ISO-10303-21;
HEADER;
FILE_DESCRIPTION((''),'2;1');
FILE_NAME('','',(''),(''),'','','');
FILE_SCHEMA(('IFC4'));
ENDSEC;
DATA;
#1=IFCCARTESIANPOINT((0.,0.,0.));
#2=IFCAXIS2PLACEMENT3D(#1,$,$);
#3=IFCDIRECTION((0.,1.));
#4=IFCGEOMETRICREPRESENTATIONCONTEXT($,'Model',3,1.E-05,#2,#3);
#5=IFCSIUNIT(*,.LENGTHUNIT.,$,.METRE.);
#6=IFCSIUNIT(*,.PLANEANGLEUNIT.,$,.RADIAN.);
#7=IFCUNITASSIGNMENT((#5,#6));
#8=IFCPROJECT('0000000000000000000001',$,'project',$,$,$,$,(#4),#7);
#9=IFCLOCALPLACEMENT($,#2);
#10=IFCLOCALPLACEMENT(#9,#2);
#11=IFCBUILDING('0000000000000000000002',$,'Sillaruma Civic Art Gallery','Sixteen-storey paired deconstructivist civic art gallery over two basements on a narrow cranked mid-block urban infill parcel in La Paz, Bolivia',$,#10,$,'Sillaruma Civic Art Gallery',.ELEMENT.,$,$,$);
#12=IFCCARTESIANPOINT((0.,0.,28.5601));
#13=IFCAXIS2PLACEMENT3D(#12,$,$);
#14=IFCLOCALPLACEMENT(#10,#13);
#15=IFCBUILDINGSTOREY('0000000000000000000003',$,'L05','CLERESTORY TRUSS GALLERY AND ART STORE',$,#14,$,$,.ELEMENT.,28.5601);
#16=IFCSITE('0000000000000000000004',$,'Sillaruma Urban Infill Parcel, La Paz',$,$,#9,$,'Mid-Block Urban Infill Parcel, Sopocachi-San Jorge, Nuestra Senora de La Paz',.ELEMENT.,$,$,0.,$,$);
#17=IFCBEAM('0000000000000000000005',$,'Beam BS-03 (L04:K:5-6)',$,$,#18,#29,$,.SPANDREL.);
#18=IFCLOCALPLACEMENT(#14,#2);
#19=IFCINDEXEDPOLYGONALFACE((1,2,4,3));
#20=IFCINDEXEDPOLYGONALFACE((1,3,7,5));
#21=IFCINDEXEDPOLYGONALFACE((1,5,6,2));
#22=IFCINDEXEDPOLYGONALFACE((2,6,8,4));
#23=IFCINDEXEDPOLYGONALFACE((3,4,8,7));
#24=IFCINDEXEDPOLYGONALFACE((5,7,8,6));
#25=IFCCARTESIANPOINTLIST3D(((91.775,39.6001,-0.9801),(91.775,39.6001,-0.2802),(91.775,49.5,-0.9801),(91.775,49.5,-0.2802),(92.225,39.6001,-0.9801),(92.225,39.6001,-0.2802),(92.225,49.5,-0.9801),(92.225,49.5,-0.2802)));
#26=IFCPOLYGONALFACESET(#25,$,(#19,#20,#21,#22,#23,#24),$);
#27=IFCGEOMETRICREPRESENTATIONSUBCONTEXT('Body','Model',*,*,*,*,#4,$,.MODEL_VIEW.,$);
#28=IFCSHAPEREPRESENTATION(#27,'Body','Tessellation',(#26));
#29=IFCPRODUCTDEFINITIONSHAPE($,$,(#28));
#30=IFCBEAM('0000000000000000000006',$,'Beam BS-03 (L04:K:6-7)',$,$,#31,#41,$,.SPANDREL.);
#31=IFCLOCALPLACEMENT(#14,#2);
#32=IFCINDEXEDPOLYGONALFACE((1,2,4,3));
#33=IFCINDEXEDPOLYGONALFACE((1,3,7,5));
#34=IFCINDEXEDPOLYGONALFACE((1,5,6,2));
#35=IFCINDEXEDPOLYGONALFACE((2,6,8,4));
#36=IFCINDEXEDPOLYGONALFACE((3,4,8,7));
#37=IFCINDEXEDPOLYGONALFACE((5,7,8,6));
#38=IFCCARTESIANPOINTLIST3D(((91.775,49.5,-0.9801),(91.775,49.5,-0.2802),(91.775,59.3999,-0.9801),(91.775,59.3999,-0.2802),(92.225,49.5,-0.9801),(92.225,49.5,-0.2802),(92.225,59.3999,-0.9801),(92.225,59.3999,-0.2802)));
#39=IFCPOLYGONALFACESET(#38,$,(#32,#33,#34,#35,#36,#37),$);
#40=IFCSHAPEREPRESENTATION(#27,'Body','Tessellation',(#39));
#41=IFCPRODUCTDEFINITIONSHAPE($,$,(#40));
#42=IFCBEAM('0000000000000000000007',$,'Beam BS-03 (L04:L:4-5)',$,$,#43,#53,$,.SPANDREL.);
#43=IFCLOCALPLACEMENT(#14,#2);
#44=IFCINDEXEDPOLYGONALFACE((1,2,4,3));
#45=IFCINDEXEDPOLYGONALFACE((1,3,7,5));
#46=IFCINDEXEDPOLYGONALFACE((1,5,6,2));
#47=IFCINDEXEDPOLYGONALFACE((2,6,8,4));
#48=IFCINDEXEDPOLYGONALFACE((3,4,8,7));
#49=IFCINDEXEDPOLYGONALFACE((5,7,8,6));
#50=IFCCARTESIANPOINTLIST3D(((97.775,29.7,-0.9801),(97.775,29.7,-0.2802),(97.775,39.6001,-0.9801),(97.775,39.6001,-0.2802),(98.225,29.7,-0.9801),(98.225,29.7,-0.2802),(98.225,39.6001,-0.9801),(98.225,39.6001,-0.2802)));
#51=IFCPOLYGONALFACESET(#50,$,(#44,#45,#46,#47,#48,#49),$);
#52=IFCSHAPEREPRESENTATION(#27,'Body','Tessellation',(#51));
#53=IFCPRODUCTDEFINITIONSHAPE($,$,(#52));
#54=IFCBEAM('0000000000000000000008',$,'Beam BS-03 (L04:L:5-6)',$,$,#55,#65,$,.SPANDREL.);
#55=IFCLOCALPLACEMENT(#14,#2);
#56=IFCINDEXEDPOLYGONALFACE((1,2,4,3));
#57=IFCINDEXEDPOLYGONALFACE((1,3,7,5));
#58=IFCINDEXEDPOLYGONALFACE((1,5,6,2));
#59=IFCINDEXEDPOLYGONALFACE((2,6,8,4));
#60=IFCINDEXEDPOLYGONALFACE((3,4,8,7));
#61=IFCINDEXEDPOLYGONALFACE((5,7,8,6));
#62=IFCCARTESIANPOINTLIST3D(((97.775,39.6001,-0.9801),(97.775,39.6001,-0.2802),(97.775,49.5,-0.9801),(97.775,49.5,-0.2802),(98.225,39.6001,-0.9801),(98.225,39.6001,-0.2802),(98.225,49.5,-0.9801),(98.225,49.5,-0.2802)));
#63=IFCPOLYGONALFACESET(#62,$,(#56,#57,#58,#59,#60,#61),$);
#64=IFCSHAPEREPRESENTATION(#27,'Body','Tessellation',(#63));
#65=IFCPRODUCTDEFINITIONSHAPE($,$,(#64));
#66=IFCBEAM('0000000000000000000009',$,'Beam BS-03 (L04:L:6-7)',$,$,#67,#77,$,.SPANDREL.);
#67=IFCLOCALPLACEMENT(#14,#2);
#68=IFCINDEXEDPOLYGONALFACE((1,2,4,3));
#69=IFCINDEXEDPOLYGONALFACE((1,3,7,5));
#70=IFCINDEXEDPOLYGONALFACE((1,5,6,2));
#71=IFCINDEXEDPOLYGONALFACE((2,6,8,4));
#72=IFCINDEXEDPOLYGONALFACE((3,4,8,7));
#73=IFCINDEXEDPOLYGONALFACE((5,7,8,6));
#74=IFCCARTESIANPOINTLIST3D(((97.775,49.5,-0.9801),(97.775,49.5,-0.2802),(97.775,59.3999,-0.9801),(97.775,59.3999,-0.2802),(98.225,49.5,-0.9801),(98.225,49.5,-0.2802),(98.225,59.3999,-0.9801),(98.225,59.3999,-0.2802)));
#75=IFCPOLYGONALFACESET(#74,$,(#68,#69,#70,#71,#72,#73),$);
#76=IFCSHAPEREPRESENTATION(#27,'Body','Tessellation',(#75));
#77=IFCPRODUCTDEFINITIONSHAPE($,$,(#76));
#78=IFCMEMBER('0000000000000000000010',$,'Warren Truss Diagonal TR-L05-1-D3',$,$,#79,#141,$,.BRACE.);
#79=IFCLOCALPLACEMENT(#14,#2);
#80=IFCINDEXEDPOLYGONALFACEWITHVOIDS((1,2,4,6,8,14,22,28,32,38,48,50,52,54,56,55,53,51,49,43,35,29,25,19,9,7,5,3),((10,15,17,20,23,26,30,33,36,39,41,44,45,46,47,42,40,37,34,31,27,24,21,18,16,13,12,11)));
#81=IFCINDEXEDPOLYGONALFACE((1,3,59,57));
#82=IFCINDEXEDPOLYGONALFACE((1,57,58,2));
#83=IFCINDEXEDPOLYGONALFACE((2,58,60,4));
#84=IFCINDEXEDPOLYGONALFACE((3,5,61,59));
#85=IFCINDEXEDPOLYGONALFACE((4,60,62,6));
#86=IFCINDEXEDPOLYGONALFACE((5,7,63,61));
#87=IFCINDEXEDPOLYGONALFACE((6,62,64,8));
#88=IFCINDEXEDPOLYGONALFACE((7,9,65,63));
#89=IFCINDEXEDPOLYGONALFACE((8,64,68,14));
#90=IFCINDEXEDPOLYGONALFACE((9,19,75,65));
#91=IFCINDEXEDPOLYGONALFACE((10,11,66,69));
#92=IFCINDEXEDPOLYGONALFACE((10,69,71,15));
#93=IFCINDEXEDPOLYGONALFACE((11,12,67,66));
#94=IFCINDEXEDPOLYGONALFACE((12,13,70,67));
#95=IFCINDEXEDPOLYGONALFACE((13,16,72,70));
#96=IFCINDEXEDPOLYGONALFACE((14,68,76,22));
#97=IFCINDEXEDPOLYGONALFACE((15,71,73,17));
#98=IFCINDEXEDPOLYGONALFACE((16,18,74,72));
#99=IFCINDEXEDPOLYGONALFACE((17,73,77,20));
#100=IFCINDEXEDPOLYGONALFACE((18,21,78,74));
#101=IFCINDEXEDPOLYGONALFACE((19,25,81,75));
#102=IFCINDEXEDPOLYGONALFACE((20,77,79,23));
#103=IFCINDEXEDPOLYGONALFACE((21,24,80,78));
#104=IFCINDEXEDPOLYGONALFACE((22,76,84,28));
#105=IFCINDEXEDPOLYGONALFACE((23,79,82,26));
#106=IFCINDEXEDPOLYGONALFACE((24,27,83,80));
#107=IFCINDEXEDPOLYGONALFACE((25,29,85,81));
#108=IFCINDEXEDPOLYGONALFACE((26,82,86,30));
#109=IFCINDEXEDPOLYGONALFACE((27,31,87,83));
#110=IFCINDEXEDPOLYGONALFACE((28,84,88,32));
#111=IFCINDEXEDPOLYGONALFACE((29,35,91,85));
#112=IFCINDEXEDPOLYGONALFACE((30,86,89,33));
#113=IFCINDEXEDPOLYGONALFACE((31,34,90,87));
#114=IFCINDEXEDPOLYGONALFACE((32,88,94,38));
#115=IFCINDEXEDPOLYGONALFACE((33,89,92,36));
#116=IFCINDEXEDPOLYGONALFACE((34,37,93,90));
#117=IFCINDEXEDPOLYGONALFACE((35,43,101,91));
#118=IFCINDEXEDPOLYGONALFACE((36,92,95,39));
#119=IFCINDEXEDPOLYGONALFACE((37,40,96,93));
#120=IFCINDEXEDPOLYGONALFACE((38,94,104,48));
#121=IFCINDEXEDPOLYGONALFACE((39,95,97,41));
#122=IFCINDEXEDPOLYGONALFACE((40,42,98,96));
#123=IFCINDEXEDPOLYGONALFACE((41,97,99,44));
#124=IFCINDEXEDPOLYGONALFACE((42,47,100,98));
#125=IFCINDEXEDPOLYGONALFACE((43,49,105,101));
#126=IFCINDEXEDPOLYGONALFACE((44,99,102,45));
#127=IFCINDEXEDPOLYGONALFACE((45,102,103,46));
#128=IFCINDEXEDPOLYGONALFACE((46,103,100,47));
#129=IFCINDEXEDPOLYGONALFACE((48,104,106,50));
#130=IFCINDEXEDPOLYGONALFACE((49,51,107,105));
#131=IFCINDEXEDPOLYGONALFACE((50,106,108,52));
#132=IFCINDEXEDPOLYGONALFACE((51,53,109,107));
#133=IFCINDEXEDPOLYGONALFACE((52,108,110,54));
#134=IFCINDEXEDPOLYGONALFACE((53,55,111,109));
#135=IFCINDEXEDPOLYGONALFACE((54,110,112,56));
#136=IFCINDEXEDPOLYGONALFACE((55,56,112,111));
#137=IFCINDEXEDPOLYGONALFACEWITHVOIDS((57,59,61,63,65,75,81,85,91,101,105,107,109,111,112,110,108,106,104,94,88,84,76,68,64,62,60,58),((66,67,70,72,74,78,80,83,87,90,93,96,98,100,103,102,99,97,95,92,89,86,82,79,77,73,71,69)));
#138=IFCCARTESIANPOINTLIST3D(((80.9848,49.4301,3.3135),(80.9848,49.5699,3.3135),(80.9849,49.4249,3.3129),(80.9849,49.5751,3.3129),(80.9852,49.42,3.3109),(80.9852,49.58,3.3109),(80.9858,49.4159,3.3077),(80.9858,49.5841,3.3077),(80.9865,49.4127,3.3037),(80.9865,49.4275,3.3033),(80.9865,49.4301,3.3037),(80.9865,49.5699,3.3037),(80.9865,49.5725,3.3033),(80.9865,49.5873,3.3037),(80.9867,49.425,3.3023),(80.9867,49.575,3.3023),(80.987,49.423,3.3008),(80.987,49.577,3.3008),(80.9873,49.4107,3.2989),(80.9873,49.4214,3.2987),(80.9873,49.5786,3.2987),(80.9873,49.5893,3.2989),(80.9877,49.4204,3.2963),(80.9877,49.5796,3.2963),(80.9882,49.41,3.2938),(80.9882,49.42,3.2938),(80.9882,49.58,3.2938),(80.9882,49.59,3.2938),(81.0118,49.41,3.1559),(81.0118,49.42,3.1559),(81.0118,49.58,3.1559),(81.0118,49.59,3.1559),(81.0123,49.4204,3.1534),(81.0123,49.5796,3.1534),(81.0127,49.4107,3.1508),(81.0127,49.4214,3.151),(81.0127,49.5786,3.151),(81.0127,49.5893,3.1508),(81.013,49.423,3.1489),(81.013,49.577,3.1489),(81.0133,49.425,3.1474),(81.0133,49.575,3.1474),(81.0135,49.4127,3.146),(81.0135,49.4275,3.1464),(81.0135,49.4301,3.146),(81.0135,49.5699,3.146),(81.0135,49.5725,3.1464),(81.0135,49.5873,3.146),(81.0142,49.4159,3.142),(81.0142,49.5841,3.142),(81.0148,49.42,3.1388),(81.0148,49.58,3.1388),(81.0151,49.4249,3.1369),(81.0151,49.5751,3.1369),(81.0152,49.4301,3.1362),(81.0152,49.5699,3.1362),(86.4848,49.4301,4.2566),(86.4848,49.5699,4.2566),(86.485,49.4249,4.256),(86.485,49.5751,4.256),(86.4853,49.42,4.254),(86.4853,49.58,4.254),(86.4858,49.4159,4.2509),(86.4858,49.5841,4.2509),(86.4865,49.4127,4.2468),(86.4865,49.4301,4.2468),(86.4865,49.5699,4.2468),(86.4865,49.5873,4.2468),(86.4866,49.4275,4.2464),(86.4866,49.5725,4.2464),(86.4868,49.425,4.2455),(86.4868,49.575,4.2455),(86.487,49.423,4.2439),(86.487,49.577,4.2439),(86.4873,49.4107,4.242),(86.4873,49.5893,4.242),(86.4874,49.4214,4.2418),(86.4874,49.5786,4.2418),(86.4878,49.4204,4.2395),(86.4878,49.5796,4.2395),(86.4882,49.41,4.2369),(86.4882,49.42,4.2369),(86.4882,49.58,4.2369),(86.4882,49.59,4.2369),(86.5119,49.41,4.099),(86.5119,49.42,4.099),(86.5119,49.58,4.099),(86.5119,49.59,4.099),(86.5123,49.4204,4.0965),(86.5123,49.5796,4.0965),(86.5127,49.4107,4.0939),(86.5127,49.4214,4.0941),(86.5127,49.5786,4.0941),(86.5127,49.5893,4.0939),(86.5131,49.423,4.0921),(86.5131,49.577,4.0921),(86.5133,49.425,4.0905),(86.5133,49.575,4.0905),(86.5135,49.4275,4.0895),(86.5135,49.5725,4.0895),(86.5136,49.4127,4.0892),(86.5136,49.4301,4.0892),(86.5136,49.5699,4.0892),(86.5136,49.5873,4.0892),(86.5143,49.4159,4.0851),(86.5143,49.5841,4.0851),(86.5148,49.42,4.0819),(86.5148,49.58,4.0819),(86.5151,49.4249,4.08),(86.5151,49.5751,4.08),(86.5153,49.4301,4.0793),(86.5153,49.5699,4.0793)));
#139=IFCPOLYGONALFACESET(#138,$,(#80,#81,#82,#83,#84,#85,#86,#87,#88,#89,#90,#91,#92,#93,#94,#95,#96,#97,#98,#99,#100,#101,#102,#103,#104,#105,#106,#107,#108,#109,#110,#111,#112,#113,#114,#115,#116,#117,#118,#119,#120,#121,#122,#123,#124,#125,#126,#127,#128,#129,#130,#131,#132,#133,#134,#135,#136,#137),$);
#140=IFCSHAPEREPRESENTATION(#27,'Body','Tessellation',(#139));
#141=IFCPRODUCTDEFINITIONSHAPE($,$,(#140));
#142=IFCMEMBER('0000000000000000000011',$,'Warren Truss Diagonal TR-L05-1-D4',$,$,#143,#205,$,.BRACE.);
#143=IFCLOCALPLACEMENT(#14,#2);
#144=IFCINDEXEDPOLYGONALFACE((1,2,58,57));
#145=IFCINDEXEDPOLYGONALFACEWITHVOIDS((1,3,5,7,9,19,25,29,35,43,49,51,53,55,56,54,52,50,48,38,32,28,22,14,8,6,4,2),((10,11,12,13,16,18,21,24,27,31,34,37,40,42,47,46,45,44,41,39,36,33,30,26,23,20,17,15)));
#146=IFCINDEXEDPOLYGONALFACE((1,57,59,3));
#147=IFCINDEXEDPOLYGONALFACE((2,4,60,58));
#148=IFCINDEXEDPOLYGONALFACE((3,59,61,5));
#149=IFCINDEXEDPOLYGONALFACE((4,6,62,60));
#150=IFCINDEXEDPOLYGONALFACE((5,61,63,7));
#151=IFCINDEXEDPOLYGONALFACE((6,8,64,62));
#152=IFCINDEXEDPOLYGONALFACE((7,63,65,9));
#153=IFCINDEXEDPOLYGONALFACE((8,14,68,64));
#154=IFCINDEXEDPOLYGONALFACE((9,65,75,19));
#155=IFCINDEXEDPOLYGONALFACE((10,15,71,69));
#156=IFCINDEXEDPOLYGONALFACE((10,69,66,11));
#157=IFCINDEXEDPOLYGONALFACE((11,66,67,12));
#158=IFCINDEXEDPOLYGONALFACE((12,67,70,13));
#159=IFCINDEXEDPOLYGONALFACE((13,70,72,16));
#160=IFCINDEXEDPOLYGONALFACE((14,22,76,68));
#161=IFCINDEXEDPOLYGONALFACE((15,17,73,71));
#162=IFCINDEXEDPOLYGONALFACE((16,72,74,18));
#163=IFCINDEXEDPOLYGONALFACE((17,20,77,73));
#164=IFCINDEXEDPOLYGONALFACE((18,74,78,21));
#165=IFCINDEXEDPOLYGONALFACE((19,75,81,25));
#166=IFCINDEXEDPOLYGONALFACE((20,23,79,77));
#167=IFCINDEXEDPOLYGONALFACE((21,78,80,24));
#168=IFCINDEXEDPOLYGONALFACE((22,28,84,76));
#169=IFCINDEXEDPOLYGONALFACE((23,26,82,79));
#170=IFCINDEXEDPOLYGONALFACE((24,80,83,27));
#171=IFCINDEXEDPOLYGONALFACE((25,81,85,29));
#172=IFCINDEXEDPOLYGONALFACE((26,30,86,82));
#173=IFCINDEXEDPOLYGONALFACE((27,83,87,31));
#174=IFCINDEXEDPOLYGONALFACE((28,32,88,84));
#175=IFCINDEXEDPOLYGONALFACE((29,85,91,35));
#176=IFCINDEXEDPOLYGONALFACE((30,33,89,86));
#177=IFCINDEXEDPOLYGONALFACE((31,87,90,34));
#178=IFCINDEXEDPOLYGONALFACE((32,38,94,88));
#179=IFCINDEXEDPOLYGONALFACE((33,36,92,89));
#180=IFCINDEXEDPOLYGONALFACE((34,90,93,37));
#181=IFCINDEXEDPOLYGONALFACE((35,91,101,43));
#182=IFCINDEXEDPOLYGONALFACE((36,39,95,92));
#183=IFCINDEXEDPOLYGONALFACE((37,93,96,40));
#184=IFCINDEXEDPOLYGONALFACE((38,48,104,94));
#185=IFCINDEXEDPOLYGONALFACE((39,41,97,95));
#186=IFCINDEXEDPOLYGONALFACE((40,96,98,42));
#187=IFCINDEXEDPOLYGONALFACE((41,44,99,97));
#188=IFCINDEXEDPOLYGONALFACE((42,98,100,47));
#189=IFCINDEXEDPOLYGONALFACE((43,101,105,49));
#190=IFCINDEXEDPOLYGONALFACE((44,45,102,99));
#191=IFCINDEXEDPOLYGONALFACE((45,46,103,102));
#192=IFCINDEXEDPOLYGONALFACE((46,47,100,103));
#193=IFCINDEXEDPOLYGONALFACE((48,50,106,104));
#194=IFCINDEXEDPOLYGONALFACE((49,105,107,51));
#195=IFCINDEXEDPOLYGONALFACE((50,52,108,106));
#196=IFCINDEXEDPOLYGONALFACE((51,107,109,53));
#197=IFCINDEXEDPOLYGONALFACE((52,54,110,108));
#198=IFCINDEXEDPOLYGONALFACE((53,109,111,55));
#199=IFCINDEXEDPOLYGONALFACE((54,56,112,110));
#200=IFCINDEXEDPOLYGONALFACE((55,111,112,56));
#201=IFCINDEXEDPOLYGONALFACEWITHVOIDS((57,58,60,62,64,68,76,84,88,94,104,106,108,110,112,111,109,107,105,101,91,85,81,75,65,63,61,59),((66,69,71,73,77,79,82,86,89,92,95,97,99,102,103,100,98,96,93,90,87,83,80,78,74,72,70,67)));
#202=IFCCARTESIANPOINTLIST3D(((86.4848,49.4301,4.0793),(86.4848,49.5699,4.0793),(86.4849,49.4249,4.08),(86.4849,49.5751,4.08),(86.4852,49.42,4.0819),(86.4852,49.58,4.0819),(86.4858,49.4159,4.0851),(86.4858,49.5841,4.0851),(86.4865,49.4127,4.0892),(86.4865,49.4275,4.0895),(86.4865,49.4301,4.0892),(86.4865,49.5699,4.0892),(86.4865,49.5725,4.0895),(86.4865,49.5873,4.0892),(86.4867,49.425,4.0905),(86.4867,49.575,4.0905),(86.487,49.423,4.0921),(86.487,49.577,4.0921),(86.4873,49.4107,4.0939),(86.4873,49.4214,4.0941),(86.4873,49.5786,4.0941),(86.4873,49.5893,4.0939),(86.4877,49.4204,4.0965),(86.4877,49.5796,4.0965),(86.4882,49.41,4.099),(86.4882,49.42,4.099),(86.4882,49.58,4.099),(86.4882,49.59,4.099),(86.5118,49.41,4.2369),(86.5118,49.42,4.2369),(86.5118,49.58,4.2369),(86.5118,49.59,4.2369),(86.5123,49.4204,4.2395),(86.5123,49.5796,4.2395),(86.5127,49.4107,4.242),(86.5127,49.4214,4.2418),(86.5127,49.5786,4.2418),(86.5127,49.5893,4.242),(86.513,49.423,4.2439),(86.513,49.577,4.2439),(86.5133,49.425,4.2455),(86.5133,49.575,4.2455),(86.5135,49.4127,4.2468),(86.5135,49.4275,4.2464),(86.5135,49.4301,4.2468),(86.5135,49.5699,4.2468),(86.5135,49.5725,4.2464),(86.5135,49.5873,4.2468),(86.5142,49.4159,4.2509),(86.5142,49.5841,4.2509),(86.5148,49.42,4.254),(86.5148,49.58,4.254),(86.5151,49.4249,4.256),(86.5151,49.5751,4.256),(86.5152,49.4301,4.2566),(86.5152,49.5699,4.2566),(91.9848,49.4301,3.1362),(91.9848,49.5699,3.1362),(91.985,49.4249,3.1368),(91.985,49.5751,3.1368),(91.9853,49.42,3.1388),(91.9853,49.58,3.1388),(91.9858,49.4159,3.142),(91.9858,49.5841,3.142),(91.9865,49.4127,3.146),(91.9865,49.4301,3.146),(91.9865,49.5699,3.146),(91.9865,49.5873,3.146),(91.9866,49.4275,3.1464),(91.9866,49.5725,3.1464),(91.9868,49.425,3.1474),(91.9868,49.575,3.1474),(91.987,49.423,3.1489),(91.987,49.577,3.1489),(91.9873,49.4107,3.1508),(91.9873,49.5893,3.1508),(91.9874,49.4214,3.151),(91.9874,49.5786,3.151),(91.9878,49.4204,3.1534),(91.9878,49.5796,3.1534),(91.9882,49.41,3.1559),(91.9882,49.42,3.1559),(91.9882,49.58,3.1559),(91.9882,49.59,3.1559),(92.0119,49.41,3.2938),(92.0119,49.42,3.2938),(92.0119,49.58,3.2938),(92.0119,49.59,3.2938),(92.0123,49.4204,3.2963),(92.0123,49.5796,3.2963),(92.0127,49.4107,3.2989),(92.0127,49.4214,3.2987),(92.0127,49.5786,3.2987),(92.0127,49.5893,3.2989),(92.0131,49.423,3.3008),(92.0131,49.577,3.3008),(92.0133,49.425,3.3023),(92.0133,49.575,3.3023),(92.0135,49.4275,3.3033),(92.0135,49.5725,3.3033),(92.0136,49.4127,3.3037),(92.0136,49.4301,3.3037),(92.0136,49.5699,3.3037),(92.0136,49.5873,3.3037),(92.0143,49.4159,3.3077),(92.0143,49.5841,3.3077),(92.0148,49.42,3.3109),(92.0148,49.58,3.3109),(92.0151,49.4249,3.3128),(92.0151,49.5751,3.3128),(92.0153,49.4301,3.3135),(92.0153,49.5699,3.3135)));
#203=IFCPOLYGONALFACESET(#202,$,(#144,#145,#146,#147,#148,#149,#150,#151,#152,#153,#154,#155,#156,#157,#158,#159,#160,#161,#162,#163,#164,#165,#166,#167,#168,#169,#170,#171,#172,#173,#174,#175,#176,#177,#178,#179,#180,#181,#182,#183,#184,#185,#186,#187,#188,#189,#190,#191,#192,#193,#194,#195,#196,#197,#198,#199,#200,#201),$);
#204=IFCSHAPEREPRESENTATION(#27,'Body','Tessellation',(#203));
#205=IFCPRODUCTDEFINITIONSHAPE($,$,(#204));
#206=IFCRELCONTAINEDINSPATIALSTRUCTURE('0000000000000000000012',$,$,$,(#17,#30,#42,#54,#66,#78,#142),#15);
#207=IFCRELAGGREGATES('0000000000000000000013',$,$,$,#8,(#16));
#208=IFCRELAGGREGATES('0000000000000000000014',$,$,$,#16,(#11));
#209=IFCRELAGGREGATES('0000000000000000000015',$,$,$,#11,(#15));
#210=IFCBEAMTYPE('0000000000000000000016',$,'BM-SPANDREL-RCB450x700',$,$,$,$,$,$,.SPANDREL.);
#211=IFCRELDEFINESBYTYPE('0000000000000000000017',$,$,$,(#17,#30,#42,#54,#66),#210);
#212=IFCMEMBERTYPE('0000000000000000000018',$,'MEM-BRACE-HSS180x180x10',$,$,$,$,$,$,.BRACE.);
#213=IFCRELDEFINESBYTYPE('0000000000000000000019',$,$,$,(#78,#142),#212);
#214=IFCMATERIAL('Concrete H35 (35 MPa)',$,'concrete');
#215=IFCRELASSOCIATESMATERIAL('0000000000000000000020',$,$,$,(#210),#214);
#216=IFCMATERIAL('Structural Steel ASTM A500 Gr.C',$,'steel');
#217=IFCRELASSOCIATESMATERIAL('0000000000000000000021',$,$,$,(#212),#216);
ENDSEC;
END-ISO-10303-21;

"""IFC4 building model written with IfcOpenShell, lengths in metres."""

from ifc_helpers import new_model, si_unit, direction, frame, origin, origin_2d, place, context, subcontext, project, spatial, rectangle, hollow_rectangle, extrude, material, material_profile, profile_set, type_object, element, save


model = new_model("IFC4")

# Units and contexts
model_context = context("Model", 3, precision=1e-05, world=origin(), true_north=direction((0.0, 1.0)))
body_context = subcontext(model_context, "Body", "Model", "MODEL_VIEW")
ifc_project = project(units=[si_unit("LENGTHUNIT", "METRE"), si_unit("PLANEANGLEUNIT", "RADIAN")], contexts=[model_context])

# Site, building, storey
site_placement = place(None, origin())
site = spatial("IfcSite", under=ifc_project, at=site_placement, Name="Sillaruma Urban Infill Parcel, La Paz", LongName="Mid-Block Urban Infill Parcel, Sopocachi-San Jorge, Nuestra Senora de La Paz", CompositionType="ELEMENT", RefElevation=0.0)
building_placement = place(site_placement, origin())
building = spatial("IfcBuilding", under=site, at=building_placement, Name="Sillaruma Civic Art Gallery", Description="Sixteen-storey paired deconstructivist civic art gallery over two basements on a narrow cranked mid-block urban infill parcel in La Paz, Bolivia", LongName="Sillaruma Civic Art Gallery", CompositionType="ELEMENT")
storey_placement = place(building_placement, frame((0.0, 0.0, 28.5601)))
storey = spatial("IfcBuildingStorey", under=building, at=storey_placement, Name="L05", Description="CLERESTORY TRUSS GALLERY AND ART STORE", CompositionType="ELEMENT", Elevation=28.5601)

# Beams
ifc_material_1 = material(Name="Concrete H35 (35 MPa)", Category="concrete")
ifc_material_2 = material(Name="Structural Steel ASTM A500 Gr.C", Category="steel")
ifc_material_profile_1 = material_profile(ifc_material_1, rectangle(XDim=0.45, YDim=0.7, at=origin_2d()), Name="RCB450x700")
ifc_profile_set_1 = profile_set([ifc_material_profile_1], Name="Concrete H35 (35 MPa)")
beam_type_1 = type_object("IfcBeamType", Name="BM-SPANDREL-RCB450x700", PredefinedType="SPANDREL", material=ifc_profile_set_1)
for number, where, z_axis, x_axis, name in (
    (1, (92.0, 39.6001, -0.6301), (0.0, 1.0, 0.0), (-1.0, 0.0, 0.0), "Beam BS-03 (L04:K:5-6)"),
    (2, (92.0, 49.5, -0.6301), (0.0, 1.0, 0.0), (-1.0, 0.0, 0.0), "Beam BS-03 (L04:K:6-7)"),
):
    element("IfcBeam", number, at=place(storey_placement, frame(where, z_axis=z_axis, x_axis=x_axis)), inside=storey, type_object=beam_type_1, Name=name, PredefinedType="SPANDREL", context=body_context, shape_type="SweptSolid", body=[
        extrude(rectangle(XDim=0.45, YDim=0.7, at=origin_2d()), origin(), (0.0, 0.0, 1.0), 9.8999),
    ])
beam_1_placement = place(storey_placement, frame((98.0, 29.7, -0.6301), z_axis=(0.0, 1.0, 0.0), x_axis=(-1.0, 0.0, 0.0)))
element("IfcBeam", 3, at=beam_1_placement, inside=storey, type_object=beam_type_1, Name="Beam BS-03 (L04:L:4-5)", PredefinedType="SPANDREL", context=body_context, shape_type="SweptSolid", body=[
    extrude(rectangle(XDim=0.45, YDim=0.7, at=origin_2d()), origin(), (0.0, 0.0, 1.0), 9.9001),
])
for number, where, z_axis, x_axis, name in (
    (4, (98.0, 39.6001, -0.6301), (0.0, 1.0, 0.0), (-1.0, 0.0, 0.0), "Beam BS-03 (L04:L:5-6)"),
    (5, (98.0, 49.5, -0.6301), (0.0, 1.0, 0.0), (-1.0, 0.0, 0.0), "Beam BS-03 (L04:L:6-7)"),
):
    element("IfcBeam", number, at=place(storey_placement, frame(where, z_axis=z_axis, x_axis=x_axis)), inside=storey, type_object=beam_type_1, Name=name, PredefinedType="SPANDREL", context=body_context, shape_type="SweptSolid", body=[
        extrude(rectangle(XDim=0.45, YDim=0.7, at=origin_2d()), origin(), (0.0, 0.0, 1.0), 9.8999),
    ])

# Members
ifc_material_profile_2 = material_profile(ifc_material_2, hollow_rectangle(XDim=0.1799, YDim=0.1799, WallThickness=0.01, InnerFilletRadius=0.01, OuterFilletRadius=0.02, at=origin_2d()), Name="HSS180x180x10")
ifc_profile_set_2 = profile_set([ifc_material_profile_2], Name="Structural Steel ASTM A500 Gr.C")
member_type_1 = type_object("IfcMemberType", Name="MEM-BRACE-HSS180x180x10", PredefinedType="BRACE", material=ifc_profile_set_2)
for number, where, z_axis, x_axis, name in (
    (6, (81.0, 49.5, 3.2249), (0.985615, 0.0, 0.169009), (0.0, 1.0, 0.0), "Warren Truss Diagonal TR-L05-1-D3"),
    (7, (86.5, 49.5, 4.168), (0.985615, 0.0, -0.169009), (0.0, 1.0, 0.0), "Warren Truss Diagonal TR-L05-1-D4"),
):
    element("IfcMember", number, at=place(storey_placement, frame(where, z_axis=z_axis, x_axis=x_axis)), inside=storey, type_object=member_type_1, Name=name, PredefinedType="BRACE", context=body_context, shape_type="SweptSolid", body=[
        extrude(hollow_rectangle(XDim=0.1799, YDim=0.1799, WallThickness=0.01, InnerFilletRadius=0.01, OuterFilletRadius=0.02, at=origin_2d()), origin(), (0.0, 0.0, 1.0), 5.5803),
    ])

save(model, "model.ifc")
